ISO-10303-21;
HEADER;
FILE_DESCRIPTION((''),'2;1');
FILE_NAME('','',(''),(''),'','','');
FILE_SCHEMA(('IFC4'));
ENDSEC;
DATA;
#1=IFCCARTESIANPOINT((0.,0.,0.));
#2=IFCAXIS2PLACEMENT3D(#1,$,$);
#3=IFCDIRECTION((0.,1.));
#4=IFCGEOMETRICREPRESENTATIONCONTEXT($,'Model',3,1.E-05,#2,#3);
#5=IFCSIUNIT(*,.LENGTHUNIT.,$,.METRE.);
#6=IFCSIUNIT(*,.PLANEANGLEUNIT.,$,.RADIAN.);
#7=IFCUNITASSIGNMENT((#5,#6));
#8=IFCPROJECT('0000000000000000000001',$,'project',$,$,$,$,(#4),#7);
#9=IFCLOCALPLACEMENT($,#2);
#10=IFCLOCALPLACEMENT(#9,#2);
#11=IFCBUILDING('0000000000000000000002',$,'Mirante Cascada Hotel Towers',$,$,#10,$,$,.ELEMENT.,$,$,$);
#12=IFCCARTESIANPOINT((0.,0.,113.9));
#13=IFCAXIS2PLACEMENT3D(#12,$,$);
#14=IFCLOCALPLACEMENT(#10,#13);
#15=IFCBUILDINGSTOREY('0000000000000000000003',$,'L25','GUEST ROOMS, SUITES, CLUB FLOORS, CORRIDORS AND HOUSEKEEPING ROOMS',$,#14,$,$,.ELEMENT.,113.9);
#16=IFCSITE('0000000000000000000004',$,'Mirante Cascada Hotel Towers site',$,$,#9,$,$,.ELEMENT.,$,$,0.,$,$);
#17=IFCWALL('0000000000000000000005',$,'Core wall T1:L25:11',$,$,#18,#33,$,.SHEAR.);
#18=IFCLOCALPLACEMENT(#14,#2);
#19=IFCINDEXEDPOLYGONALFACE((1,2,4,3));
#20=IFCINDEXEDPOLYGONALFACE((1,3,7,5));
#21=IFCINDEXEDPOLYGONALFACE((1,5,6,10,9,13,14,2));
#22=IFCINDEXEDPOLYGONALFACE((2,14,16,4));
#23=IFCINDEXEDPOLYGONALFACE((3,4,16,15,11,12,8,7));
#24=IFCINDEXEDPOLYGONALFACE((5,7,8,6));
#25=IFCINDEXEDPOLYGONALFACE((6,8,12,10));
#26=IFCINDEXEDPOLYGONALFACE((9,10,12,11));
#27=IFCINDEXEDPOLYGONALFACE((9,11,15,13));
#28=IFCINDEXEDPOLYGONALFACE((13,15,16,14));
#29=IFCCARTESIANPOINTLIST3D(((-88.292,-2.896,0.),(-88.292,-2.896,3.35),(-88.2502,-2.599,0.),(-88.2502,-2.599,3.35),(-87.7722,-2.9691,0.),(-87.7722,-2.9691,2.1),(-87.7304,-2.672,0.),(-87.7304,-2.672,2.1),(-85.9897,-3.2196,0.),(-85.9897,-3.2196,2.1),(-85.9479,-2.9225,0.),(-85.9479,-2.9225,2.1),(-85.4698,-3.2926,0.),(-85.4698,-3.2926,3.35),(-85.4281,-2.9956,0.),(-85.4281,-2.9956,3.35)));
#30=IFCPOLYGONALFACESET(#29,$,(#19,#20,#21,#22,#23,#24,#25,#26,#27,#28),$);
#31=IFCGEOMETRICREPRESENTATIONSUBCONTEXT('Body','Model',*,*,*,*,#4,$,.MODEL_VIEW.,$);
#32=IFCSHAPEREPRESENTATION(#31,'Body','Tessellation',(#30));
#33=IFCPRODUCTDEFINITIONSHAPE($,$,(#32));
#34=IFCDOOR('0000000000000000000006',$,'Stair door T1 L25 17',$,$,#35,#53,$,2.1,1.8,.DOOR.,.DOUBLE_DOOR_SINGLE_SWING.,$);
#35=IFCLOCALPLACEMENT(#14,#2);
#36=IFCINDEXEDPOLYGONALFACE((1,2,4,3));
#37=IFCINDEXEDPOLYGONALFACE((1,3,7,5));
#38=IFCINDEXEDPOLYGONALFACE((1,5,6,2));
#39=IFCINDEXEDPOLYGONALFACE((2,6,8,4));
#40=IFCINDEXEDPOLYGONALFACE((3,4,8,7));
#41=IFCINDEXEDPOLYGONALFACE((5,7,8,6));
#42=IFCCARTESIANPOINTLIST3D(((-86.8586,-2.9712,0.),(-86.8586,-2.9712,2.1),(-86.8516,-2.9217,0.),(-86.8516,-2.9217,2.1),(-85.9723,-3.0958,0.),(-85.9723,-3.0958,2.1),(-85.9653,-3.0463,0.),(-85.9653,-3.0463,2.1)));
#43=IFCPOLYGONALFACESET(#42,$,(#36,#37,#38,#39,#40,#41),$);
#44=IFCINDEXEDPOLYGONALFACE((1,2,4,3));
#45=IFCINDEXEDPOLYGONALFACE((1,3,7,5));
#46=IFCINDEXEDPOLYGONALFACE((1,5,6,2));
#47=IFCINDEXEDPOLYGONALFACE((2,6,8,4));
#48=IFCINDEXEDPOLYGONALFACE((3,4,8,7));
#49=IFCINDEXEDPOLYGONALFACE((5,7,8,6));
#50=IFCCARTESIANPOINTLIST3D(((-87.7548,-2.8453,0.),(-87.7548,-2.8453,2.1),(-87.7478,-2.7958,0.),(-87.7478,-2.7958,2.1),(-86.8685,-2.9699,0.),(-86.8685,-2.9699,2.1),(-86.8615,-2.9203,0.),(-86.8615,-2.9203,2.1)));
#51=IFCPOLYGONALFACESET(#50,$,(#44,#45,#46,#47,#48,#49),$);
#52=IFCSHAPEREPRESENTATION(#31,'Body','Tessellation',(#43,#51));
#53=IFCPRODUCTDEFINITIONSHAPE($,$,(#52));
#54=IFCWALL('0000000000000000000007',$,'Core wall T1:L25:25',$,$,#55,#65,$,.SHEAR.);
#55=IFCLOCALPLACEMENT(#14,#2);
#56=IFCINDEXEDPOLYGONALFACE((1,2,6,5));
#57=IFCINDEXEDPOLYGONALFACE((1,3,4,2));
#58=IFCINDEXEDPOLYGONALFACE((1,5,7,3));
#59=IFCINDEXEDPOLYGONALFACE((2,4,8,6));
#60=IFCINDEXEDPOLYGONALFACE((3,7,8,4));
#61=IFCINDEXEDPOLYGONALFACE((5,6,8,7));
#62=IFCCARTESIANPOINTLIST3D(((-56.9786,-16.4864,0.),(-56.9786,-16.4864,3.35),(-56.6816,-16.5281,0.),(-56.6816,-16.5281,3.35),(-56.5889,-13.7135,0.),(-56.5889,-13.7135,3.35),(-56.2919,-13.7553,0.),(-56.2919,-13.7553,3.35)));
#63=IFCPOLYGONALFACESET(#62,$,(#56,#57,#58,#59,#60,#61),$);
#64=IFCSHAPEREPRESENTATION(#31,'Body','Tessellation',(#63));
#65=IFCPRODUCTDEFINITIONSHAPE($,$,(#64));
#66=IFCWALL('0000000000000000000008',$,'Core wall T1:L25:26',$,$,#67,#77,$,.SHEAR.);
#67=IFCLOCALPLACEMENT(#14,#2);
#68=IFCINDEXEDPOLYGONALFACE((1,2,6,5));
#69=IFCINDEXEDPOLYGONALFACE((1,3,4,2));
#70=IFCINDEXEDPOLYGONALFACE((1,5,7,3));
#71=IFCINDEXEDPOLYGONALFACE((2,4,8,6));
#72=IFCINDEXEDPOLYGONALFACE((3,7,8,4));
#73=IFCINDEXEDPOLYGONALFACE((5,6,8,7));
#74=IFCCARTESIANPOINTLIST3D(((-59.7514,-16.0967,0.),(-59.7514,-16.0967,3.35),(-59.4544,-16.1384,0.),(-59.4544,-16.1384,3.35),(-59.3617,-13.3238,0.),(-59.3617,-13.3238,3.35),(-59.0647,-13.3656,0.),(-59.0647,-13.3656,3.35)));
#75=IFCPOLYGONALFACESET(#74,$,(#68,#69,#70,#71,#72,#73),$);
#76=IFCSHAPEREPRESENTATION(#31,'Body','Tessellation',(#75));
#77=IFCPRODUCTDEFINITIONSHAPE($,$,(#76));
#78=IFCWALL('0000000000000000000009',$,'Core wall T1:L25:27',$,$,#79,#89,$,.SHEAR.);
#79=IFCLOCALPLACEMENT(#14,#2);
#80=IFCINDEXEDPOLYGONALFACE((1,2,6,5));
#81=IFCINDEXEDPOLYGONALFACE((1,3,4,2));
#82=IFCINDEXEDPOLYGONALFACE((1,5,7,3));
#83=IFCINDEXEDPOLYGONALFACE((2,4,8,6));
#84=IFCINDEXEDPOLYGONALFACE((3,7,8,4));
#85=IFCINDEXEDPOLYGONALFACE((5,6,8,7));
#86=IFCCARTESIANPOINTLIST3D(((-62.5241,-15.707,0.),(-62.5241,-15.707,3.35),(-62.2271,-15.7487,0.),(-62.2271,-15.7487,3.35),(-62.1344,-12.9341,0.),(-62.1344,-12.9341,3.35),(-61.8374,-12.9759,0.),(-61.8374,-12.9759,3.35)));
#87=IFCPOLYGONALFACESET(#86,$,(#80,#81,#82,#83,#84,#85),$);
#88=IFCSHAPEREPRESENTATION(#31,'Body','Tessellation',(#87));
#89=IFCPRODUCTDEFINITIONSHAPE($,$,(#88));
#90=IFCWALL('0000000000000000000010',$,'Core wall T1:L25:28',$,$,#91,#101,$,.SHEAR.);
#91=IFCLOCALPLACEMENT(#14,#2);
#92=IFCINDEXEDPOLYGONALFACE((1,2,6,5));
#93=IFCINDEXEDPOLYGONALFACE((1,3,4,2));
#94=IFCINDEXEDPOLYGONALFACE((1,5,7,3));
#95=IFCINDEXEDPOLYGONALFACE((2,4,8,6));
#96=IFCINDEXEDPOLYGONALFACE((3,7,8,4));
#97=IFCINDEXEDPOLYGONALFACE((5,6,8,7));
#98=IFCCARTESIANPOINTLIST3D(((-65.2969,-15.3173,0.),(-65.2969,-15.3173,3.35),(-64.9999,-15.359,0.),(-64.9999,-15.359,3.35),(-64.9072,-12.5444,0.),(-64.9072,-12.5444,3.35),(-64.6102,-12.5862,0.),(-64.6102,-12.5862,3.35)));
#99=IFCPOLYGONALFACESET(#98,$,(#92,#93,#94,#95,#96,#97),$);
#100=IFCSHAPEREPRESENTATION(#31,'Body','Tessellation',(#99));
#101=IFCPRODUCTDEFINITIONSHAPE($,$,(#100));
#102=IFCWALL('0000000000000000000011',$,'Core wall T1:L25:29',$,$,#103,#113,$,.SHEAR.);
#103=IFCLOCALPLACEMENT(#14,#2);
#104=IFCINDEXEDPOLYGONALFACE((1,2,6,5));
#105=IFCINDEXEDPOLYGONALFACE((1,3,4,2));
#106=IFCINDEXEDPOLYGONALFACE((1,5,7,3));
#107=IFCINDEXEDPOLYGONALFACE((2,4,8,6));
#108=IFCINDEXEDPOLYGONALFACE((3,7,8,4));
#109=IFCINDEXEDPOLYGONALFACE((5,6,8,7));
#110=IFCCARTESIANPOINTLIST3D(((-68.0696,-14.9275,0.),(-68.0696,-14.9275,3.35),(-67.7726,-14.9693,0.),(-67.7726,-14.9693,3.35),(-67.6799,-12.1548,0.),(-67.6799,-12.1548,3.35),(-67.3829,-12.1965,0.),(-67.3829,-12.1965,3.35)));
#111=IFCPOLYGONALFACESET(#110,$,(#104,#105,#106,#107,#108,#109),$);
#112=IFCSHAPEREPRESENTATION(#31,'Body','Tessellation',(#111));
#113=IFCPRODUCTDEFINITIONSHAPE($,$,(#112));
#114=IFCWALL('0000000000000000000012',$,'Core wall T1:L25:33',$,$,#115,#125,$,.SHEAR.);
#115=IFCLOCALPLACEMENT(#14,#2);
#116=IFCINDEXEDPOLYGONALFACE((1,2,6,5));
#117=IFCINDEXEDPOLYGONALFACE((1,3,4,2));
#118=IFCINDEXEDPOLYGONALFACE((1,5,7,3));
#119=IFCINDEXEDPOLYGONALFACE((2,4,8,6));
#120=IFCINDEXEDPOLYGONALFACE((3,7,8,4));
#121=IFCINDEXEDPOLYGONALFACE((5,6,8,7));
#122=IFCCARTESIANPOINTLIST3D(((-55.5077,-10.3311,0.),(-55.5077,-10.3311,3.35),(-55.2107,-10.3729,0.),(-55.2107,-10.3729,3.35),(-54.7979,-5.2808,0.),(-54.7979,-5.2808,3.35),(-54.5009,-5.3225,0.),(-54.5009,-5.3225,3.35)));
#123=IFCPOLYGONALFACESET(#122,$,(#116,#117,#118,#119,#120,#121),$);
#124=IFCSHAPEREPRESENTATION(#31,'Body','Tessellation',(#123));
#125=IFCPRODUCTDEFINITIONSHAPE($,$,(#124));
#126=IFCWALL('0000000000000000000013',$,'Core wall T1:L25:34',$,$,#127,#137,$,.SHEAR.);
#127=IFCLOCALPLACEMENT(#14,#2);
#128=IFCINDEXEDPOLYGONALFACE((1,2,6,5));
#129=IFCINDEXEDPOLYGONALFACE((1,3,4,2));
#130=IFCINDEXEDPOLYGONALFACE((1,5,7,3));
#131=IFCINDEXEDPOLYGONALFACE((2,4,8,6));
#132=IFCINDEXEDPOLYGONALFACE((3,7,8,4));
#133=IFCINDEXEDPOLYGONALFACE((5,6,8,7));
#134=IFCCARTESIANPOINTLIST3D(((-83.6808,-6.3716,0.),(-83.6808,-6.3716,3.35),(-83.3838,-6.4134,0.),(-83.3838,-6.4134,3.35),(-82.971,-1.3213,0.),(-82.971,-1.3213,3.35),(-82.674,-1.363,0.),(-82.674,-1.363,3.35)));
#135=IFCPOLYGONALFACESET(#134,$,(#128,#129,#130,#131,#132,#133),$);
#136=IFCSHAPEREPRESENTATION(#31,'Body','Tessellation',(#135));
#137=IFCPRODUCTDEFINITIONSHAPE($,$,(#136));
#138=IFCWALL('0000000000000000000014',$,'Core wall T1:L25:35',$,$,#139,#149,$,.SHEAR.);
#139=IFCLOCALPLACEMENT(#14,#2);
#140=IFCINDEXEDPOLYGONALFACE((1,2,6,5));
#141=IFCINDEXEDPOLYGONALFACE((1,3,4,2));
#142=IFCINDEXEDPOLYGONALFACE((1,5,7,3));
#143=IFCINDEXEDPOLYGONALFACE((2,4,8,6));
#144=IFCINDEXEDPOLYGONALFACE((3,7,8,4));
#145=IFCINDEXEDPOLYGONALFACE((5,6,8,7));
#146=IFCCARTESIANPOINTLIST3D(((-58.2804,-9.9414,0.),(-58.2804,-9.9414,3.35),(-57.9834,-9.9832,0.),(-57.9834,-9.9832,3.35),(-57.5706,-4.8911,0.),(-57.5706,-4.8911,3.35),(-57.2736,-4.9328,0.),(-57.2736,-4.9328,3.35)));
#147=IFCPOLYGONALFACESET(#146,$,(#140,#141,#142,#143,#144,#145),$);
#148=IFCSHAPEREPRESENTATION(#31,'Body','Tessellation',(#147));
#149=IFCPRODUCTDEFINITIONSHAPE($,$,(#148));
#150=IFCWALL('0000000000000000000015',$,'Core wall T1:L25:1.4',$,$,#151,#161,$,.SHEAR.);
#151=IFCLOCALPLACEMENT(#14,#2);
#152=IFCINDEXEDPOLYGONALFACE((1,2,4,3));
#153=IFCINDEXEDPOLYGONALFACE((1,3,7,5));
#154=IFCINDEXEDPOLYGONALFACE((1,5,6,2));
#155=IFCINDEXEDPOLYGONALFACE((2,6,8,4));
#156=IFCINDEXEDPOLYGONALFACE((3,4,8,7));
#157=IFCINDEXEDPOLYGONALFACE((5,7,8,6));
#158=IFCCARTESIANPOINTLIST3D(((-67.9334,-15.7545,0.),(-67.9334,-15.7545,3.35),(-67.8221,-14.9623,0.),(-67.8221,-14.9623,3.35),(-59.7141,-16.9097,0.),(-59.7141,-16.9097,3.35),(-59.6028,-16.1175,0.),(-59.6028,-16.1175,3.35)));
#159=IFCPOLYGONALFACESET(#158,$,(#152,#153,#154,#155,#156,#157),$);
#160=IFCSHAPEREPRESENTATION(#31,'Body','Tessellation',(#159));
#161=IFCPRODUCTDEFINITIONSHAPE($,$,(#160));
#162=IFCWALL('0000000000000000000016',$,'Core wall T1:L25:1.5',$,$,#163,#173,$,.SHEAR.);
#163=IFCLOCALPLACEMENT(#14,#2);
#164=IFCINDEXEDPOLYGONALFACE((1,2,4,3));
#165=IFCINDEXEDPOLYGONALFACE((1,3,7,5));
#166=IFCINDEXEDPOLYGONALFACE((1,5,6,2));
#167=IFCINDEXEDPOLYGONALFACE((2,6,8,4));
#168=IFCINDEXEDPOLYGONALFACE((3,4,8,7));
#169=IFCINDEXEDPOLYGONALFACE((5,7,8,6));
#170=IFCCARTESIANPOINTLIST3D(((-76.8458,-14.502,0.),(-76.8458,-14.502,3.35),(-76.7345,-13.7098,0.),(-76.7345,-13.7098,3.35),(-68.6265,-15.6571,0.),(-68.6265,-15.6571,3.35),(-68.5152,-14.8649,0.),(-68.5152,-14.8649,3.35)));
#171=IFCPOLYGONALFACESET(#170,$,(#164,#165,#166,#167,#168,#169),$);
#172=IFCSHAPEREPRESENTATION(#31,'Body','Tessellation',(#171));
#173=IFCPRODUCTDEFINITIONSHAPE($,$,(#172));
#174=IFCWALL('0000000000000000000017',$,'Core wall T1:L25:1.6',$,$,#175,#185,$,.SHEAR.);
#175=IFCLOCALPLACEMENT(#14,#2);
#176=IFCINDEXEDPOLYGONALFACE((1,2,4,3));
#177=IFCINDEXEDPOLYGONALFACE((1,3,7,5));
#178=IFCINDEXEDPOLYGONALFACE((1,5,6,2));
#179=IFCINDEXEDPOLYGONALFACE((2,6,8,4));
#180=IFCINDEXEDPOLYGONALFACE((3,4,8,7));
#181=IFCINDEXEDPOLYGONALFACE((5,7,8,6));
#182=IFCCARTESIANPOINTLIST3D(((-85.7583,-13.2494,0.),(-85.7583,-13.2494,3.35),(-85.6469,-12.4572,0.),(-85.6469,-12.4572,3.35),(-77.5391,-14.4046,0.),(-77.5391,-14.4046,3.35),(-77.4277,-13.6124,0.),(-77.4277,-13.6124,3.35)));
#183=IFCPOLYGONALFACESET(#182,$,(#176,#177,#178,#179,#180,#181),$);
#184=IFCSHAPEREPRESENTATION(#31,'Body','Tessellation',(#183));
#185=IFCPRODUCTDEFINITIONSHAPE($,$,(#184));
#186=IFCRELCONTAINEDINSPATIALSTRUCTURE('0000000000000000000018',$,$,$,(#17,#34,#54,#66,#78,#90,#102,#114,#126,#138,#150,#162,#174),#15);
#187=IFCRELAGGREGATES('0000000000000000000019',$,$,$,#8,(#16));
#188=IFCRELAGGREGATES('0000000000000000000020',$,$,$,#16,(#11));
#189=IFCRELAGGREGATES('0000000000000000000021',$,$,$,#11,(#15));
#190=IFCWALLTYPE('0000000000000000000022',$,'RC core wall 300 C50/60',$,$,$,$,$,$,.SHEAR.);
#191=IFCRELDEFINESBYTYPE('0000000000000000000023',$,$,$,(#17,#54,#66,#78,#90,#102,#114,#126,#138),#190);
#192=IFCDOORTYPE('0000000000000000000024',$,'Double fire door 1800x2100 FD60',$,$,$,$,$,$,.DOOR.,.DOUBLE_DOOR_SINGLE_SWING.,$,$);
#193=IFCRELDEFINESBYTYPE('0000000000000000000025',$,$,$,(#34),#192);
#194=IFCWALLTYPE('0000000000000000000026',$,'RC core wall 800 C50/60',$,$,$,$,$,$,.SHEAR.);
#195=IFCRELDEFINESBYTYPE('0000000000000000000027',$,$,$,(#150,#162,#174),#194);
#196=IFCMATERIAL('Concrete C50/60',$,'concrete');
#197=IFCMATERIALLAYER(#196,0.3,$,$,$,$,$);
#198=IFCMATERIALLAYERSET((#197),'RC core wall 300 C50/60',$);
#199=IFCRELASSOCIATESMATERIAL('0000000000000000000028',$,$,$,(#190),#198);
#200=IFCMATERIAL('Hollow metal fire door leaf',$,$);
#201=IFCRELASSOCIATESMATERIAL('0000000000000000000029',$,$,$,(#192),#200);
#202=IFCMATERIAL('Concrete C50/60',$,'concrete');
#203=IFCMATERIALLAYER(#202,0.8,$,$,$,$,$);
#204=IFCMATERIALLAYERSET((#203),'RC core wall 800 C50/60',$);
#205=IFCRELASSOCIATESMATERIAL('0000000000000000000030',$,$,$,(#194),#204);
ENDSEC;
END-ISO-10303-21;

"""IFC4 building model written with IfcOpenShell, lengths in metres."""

from ifc_helpers import new_model, si_unit, direction, frame, frame_2d, origin, place, context, subcontext, project, spatial, rectangle, extrude, material, layer, layer_set, type_object, element, fill, save


model = new_model("IFC4")

# Units and contexts
model_context = context("Model", 3, precision=1e-05, world=origin(), true_north=direction((0.0, 1.0)))
body_context = subcontext(model_context, "Body", "Model", "MODEL_VIEW")
ifc_project = project(units=[si_unit("LENGTHUNIT", "METRE"), si_unit("PLANEANGLEUNIT", "RADIAN")], contexts=[model_context])

# Site, building, storey
site_placement = place(None, origin())
site = spatial("IfcSite", under=ifc_project, at=site_placement, Name="Mirante Cascada Hotel Towers site", CompositionType="ELEMENT", RefElevation=0.0)
building_placement = place(site_placement, origin())
building = spatial("IfcBuilding", under=site, at=building_placement, Name="Mirante Cascada Hotel Towers", CompositionType="ELEMENT")
storey_placement = place(building_placement, frame((0.0, 0.0, 113.9)))
storey = spatial("IfcBuildingStorey", under=building, at=storey_placement, Name="L25", Description="GUEST ROOMS, SUITES, CLUB FLOORS, CORRIDORS AND HOUSEKEEPING ROOMS", CompositionType="ELEMENT", Elevation=113.9)

# Wall, opening, door
ifc_material_1 = material(Name="Concrete C50/60", Category="concrete")
ifc_layer_1 = layer(ifc_material_1, 0.3)
ifc_layer_set_1 = layer_set([ifc_layer_1], Name="RC core wall 300 C50/60")
wall_type_1 = type_object("IfcWallType", Name="RC core wall 300 C50/60", PredefinedType="SHEAR", material=ifc_layer_set_1)
wall_1_placement = place(storey_placement, frame((-85.4489, -3.1441, 0.0), z_axis=(0.0, 0.0, 1.0), x_axis=(-0.99027, 0.139161, 0.0)))
wall_1 = element("IfcWall", 1, at=wall_1_placement, inside=storey, type_object=wall_type_1, Name="Core wall T1:L25:11", PredefinedType="SHEAR", context=body_context, shape_type="SweptSolid", body=[
    extrude(rectangle(XDim=2.8499, YDim=0.3, at=frame_2d((1.425, 0.0))), origin(), (0.0, 0.0, 1.0), 3.35),
])
opening_placement = place(wall_1_placement, frame((0.525, 0.0, 0.0)))
opening = element("IfcOpeningElement", 2, at=opening_placement, cuts=wall_1, PredefinedType="OPENING", context=body_context, shape_type="SweptSolid", body=[
    extrude(rectangle(XDim=1.8, YDim=2.1, at=frame_2d((0.9, 1.05))), frame((0.0, 0.15, 0.0), z_axis=(0.0, -1.0, 0.0), x_axis=(1.0, 0.0, 0.0)), (0.0, 0.0, 1.0), 0.3),
])
ifc_material_2 = material(Name="Hollow metal fire door leaf")
door_type = type_object("IfcDoorType", Name="Double fire door 1800x2100 FD60", OperationType="DOUBLE_DOOR_SINGLE_SWING", PredefinedType="DOOR", material=ifc_material_2)
door_placement = place(opening_placement, origin())
door = element("IfcDoor", 3, at=door_placement, inside=storey, type_object=door_type, Name="Stair door T1 L25 17", OperationType="DOUBLE_DOOR_SINGLE_SWING", OverallHeight=2.1, OverallWidth=1.8, PredefinedType="DOOR", context=body_context, shape_type="SweptSolid", body=[
    extrude(rectangle(XDim=0.895, YDim=2.1, at=frame_2d((0.4475, 1.05))), frame((0.0, 0.025, 0.0), z_axis=(0.0, -1.0, 0.0), x_axis=(1.0, 0.0, 0.0)), (0.0, 0.0, 1.0), 0.05),
    extrude(rectangle(XDim=0.895, YDim=2.1, at=frame_2d((1.3525, 1.05))), frame((0.0, 0.025, 0.0), z_axis=(0.0, -1.0, 0.0), x_axis=(1.0, 0.0, 0.0)), (0.0, 0.0, 1.0), 0.05),
])
fill(opening, door)

# Walls
for number, where, z_axis, x_axis, name in (
    (4, (-56.8301, -16.5072, 0.0), (0.0, 0.0, 1.0), (0.139176, 0.990268, 0.0), "Core wall T1:L25:25"),
    (5, (-59.6029, -16.1175, 0.0), (0.0, 0.0, 1.0), (0.139176, 0.990268, 0.0), "Core wall T1:L25:26"),
    (6, (-62.3756, -15.7278, 0.0), (0.0, 0.0, 1.0), (0.139176, 0.990268, 0.0), "Core wall T1:L25:27"),
    (7, (-65.1484, -15.3381, 0.0), (0.0, 0.0, 1.0), (0.139176, 0.990268, 0.0), "Core wall T1:L25:28"),
):
    element("IfcWall", number, at=place(storey_placement, frame(where, z_axis=z_axis, x_axis=x_axis)), inside=storey, type_object=wall_type_1, Name=name, PredefinedType="SHEAR", context=body_context, shape_type="SweptSolid", body=[
        extrude(rectangle(XDim=2.8001, YDim=0.3, at=frame_2d((1.4, 0.0))), origin(), (0.0, 0.0, 1.0), 3.35),
    ])
wall_2_placement = place(storey_placement, frame((-67.9211, -14.9484, 0.0), z_axis=(0.0, 0.0, 1.0), x_axis=(0.139181, 0.990267, 0.0)))
element("IfcWall", 8, at=wall_2_placement, inside=storey, type_object=wall_type_1, Name="Core wall T1:L25:29", PredefinedType="SHEAR", context=body_context, shape_type="SweptSolid", body=[
    extrude(rectangle(XDim=2.8, YDim=0.3, at=frame_2d((1.4, 0.0))), origin(), (0.0, 0.0, 1.0), 3.35),
])
for number, where, z_axis, x_axis, name in (
    (9, (-55.3592, -10.352, 0.0), (0.0, 0.0, 1.0), (0.139176, 0.990268, 0.0), "Core wall T1:L25:33"),
    (10, (-83.5323, -6.3925, 0.0), (0.0, 0.0, 1.0), (0.139176, 0.990268, 0.0), "Core wall T1:L25:34"),
    (11, (-58.1319, -9.9623, 0.0), (0.0, 0.0, 1.0), (0.139176, 0.990268, 0.0), "Core wall T1:L25:35"),
):
    element("IfcWall", number, at=place(storey_placement, frame(where, z_axis=z_axis, x_axis=x_axis)), inside=storey, type_object=wall_type_1, Name=name, PredefinedType="SHEAR", context=body_context, shape_type="SweptSolid", body=[
        extrude(rectangle(XDim=5.1, YDim=0.3, at=frame_2d((2.55, 0.0))), origin(), (0.0, 0.0, 1.0), 3.35),
    ])
ifc_material_3 = material(Name="Concrete C50/60", Category="concrete")
ifc_layer_2 = layer(ifc_material_3, 0.8)
ifc_layer_set_2 = layer_set([ifc_layer_2], Name="RC core wall 800 C50/60")
wall_type_2 = type_object("IfcWallType", Name="RC core wall 800 C50/60", PredefinedType="SHEAR", material=ifc_layer_set_2)
for number, where, z_axis, x_axis, name in (
    (12, (-59.6585, -16.5136, 0.0), (0.0, 0.0, 1.0), (-0.990267, 0.139179, 0.0), "Core wall T1:L25:1.4"),
    (13, (-68.5709, -15.261, 0.0), (0.0, 0.0, 1.0), (-0.990269, 0.139167, 0.0), "Core wall T1:L25:1.5"),
):
    element("IfcWall", number, at=place(storey_placement, frame(where, z_axis=z_axis, x_axis=x_axis)), inside=storey, type_object=wall_type_2, Name=name, PredefinedType="SHEAR", context=body_context, shape_type="SweptSolid", body=[
        extrude(rectangle(XDim=8.3001, YDim=0.8, at=frame_2d((4.15, 0.0))), origin(), (0.0, 0.0, 1.0), 3.35),
    ])
wall_3_placement = place(storey_placement, frame((-77.4834, -14.0085, 0.0), z_axis=(0.0, 0.0, 1.0), x_axis=(-0.990267, 0.139181, 0.0)))
element("IfcWall", 14, at=wall_3_placement, inside=storey, type_object=wall_type_2, Name="Core wall T1:L25:1.6", PredefinedType="SHEAR", context=body_context, shape_type="SweptSolid", body=[
    extrude(rectangle(XDim=8.3, YDim=0.8, at=frame_2d((4.15, 0.0))), origin(), (0.0, 0.0, 1.0), 3.35),
])

save(model, "model.ifc")
